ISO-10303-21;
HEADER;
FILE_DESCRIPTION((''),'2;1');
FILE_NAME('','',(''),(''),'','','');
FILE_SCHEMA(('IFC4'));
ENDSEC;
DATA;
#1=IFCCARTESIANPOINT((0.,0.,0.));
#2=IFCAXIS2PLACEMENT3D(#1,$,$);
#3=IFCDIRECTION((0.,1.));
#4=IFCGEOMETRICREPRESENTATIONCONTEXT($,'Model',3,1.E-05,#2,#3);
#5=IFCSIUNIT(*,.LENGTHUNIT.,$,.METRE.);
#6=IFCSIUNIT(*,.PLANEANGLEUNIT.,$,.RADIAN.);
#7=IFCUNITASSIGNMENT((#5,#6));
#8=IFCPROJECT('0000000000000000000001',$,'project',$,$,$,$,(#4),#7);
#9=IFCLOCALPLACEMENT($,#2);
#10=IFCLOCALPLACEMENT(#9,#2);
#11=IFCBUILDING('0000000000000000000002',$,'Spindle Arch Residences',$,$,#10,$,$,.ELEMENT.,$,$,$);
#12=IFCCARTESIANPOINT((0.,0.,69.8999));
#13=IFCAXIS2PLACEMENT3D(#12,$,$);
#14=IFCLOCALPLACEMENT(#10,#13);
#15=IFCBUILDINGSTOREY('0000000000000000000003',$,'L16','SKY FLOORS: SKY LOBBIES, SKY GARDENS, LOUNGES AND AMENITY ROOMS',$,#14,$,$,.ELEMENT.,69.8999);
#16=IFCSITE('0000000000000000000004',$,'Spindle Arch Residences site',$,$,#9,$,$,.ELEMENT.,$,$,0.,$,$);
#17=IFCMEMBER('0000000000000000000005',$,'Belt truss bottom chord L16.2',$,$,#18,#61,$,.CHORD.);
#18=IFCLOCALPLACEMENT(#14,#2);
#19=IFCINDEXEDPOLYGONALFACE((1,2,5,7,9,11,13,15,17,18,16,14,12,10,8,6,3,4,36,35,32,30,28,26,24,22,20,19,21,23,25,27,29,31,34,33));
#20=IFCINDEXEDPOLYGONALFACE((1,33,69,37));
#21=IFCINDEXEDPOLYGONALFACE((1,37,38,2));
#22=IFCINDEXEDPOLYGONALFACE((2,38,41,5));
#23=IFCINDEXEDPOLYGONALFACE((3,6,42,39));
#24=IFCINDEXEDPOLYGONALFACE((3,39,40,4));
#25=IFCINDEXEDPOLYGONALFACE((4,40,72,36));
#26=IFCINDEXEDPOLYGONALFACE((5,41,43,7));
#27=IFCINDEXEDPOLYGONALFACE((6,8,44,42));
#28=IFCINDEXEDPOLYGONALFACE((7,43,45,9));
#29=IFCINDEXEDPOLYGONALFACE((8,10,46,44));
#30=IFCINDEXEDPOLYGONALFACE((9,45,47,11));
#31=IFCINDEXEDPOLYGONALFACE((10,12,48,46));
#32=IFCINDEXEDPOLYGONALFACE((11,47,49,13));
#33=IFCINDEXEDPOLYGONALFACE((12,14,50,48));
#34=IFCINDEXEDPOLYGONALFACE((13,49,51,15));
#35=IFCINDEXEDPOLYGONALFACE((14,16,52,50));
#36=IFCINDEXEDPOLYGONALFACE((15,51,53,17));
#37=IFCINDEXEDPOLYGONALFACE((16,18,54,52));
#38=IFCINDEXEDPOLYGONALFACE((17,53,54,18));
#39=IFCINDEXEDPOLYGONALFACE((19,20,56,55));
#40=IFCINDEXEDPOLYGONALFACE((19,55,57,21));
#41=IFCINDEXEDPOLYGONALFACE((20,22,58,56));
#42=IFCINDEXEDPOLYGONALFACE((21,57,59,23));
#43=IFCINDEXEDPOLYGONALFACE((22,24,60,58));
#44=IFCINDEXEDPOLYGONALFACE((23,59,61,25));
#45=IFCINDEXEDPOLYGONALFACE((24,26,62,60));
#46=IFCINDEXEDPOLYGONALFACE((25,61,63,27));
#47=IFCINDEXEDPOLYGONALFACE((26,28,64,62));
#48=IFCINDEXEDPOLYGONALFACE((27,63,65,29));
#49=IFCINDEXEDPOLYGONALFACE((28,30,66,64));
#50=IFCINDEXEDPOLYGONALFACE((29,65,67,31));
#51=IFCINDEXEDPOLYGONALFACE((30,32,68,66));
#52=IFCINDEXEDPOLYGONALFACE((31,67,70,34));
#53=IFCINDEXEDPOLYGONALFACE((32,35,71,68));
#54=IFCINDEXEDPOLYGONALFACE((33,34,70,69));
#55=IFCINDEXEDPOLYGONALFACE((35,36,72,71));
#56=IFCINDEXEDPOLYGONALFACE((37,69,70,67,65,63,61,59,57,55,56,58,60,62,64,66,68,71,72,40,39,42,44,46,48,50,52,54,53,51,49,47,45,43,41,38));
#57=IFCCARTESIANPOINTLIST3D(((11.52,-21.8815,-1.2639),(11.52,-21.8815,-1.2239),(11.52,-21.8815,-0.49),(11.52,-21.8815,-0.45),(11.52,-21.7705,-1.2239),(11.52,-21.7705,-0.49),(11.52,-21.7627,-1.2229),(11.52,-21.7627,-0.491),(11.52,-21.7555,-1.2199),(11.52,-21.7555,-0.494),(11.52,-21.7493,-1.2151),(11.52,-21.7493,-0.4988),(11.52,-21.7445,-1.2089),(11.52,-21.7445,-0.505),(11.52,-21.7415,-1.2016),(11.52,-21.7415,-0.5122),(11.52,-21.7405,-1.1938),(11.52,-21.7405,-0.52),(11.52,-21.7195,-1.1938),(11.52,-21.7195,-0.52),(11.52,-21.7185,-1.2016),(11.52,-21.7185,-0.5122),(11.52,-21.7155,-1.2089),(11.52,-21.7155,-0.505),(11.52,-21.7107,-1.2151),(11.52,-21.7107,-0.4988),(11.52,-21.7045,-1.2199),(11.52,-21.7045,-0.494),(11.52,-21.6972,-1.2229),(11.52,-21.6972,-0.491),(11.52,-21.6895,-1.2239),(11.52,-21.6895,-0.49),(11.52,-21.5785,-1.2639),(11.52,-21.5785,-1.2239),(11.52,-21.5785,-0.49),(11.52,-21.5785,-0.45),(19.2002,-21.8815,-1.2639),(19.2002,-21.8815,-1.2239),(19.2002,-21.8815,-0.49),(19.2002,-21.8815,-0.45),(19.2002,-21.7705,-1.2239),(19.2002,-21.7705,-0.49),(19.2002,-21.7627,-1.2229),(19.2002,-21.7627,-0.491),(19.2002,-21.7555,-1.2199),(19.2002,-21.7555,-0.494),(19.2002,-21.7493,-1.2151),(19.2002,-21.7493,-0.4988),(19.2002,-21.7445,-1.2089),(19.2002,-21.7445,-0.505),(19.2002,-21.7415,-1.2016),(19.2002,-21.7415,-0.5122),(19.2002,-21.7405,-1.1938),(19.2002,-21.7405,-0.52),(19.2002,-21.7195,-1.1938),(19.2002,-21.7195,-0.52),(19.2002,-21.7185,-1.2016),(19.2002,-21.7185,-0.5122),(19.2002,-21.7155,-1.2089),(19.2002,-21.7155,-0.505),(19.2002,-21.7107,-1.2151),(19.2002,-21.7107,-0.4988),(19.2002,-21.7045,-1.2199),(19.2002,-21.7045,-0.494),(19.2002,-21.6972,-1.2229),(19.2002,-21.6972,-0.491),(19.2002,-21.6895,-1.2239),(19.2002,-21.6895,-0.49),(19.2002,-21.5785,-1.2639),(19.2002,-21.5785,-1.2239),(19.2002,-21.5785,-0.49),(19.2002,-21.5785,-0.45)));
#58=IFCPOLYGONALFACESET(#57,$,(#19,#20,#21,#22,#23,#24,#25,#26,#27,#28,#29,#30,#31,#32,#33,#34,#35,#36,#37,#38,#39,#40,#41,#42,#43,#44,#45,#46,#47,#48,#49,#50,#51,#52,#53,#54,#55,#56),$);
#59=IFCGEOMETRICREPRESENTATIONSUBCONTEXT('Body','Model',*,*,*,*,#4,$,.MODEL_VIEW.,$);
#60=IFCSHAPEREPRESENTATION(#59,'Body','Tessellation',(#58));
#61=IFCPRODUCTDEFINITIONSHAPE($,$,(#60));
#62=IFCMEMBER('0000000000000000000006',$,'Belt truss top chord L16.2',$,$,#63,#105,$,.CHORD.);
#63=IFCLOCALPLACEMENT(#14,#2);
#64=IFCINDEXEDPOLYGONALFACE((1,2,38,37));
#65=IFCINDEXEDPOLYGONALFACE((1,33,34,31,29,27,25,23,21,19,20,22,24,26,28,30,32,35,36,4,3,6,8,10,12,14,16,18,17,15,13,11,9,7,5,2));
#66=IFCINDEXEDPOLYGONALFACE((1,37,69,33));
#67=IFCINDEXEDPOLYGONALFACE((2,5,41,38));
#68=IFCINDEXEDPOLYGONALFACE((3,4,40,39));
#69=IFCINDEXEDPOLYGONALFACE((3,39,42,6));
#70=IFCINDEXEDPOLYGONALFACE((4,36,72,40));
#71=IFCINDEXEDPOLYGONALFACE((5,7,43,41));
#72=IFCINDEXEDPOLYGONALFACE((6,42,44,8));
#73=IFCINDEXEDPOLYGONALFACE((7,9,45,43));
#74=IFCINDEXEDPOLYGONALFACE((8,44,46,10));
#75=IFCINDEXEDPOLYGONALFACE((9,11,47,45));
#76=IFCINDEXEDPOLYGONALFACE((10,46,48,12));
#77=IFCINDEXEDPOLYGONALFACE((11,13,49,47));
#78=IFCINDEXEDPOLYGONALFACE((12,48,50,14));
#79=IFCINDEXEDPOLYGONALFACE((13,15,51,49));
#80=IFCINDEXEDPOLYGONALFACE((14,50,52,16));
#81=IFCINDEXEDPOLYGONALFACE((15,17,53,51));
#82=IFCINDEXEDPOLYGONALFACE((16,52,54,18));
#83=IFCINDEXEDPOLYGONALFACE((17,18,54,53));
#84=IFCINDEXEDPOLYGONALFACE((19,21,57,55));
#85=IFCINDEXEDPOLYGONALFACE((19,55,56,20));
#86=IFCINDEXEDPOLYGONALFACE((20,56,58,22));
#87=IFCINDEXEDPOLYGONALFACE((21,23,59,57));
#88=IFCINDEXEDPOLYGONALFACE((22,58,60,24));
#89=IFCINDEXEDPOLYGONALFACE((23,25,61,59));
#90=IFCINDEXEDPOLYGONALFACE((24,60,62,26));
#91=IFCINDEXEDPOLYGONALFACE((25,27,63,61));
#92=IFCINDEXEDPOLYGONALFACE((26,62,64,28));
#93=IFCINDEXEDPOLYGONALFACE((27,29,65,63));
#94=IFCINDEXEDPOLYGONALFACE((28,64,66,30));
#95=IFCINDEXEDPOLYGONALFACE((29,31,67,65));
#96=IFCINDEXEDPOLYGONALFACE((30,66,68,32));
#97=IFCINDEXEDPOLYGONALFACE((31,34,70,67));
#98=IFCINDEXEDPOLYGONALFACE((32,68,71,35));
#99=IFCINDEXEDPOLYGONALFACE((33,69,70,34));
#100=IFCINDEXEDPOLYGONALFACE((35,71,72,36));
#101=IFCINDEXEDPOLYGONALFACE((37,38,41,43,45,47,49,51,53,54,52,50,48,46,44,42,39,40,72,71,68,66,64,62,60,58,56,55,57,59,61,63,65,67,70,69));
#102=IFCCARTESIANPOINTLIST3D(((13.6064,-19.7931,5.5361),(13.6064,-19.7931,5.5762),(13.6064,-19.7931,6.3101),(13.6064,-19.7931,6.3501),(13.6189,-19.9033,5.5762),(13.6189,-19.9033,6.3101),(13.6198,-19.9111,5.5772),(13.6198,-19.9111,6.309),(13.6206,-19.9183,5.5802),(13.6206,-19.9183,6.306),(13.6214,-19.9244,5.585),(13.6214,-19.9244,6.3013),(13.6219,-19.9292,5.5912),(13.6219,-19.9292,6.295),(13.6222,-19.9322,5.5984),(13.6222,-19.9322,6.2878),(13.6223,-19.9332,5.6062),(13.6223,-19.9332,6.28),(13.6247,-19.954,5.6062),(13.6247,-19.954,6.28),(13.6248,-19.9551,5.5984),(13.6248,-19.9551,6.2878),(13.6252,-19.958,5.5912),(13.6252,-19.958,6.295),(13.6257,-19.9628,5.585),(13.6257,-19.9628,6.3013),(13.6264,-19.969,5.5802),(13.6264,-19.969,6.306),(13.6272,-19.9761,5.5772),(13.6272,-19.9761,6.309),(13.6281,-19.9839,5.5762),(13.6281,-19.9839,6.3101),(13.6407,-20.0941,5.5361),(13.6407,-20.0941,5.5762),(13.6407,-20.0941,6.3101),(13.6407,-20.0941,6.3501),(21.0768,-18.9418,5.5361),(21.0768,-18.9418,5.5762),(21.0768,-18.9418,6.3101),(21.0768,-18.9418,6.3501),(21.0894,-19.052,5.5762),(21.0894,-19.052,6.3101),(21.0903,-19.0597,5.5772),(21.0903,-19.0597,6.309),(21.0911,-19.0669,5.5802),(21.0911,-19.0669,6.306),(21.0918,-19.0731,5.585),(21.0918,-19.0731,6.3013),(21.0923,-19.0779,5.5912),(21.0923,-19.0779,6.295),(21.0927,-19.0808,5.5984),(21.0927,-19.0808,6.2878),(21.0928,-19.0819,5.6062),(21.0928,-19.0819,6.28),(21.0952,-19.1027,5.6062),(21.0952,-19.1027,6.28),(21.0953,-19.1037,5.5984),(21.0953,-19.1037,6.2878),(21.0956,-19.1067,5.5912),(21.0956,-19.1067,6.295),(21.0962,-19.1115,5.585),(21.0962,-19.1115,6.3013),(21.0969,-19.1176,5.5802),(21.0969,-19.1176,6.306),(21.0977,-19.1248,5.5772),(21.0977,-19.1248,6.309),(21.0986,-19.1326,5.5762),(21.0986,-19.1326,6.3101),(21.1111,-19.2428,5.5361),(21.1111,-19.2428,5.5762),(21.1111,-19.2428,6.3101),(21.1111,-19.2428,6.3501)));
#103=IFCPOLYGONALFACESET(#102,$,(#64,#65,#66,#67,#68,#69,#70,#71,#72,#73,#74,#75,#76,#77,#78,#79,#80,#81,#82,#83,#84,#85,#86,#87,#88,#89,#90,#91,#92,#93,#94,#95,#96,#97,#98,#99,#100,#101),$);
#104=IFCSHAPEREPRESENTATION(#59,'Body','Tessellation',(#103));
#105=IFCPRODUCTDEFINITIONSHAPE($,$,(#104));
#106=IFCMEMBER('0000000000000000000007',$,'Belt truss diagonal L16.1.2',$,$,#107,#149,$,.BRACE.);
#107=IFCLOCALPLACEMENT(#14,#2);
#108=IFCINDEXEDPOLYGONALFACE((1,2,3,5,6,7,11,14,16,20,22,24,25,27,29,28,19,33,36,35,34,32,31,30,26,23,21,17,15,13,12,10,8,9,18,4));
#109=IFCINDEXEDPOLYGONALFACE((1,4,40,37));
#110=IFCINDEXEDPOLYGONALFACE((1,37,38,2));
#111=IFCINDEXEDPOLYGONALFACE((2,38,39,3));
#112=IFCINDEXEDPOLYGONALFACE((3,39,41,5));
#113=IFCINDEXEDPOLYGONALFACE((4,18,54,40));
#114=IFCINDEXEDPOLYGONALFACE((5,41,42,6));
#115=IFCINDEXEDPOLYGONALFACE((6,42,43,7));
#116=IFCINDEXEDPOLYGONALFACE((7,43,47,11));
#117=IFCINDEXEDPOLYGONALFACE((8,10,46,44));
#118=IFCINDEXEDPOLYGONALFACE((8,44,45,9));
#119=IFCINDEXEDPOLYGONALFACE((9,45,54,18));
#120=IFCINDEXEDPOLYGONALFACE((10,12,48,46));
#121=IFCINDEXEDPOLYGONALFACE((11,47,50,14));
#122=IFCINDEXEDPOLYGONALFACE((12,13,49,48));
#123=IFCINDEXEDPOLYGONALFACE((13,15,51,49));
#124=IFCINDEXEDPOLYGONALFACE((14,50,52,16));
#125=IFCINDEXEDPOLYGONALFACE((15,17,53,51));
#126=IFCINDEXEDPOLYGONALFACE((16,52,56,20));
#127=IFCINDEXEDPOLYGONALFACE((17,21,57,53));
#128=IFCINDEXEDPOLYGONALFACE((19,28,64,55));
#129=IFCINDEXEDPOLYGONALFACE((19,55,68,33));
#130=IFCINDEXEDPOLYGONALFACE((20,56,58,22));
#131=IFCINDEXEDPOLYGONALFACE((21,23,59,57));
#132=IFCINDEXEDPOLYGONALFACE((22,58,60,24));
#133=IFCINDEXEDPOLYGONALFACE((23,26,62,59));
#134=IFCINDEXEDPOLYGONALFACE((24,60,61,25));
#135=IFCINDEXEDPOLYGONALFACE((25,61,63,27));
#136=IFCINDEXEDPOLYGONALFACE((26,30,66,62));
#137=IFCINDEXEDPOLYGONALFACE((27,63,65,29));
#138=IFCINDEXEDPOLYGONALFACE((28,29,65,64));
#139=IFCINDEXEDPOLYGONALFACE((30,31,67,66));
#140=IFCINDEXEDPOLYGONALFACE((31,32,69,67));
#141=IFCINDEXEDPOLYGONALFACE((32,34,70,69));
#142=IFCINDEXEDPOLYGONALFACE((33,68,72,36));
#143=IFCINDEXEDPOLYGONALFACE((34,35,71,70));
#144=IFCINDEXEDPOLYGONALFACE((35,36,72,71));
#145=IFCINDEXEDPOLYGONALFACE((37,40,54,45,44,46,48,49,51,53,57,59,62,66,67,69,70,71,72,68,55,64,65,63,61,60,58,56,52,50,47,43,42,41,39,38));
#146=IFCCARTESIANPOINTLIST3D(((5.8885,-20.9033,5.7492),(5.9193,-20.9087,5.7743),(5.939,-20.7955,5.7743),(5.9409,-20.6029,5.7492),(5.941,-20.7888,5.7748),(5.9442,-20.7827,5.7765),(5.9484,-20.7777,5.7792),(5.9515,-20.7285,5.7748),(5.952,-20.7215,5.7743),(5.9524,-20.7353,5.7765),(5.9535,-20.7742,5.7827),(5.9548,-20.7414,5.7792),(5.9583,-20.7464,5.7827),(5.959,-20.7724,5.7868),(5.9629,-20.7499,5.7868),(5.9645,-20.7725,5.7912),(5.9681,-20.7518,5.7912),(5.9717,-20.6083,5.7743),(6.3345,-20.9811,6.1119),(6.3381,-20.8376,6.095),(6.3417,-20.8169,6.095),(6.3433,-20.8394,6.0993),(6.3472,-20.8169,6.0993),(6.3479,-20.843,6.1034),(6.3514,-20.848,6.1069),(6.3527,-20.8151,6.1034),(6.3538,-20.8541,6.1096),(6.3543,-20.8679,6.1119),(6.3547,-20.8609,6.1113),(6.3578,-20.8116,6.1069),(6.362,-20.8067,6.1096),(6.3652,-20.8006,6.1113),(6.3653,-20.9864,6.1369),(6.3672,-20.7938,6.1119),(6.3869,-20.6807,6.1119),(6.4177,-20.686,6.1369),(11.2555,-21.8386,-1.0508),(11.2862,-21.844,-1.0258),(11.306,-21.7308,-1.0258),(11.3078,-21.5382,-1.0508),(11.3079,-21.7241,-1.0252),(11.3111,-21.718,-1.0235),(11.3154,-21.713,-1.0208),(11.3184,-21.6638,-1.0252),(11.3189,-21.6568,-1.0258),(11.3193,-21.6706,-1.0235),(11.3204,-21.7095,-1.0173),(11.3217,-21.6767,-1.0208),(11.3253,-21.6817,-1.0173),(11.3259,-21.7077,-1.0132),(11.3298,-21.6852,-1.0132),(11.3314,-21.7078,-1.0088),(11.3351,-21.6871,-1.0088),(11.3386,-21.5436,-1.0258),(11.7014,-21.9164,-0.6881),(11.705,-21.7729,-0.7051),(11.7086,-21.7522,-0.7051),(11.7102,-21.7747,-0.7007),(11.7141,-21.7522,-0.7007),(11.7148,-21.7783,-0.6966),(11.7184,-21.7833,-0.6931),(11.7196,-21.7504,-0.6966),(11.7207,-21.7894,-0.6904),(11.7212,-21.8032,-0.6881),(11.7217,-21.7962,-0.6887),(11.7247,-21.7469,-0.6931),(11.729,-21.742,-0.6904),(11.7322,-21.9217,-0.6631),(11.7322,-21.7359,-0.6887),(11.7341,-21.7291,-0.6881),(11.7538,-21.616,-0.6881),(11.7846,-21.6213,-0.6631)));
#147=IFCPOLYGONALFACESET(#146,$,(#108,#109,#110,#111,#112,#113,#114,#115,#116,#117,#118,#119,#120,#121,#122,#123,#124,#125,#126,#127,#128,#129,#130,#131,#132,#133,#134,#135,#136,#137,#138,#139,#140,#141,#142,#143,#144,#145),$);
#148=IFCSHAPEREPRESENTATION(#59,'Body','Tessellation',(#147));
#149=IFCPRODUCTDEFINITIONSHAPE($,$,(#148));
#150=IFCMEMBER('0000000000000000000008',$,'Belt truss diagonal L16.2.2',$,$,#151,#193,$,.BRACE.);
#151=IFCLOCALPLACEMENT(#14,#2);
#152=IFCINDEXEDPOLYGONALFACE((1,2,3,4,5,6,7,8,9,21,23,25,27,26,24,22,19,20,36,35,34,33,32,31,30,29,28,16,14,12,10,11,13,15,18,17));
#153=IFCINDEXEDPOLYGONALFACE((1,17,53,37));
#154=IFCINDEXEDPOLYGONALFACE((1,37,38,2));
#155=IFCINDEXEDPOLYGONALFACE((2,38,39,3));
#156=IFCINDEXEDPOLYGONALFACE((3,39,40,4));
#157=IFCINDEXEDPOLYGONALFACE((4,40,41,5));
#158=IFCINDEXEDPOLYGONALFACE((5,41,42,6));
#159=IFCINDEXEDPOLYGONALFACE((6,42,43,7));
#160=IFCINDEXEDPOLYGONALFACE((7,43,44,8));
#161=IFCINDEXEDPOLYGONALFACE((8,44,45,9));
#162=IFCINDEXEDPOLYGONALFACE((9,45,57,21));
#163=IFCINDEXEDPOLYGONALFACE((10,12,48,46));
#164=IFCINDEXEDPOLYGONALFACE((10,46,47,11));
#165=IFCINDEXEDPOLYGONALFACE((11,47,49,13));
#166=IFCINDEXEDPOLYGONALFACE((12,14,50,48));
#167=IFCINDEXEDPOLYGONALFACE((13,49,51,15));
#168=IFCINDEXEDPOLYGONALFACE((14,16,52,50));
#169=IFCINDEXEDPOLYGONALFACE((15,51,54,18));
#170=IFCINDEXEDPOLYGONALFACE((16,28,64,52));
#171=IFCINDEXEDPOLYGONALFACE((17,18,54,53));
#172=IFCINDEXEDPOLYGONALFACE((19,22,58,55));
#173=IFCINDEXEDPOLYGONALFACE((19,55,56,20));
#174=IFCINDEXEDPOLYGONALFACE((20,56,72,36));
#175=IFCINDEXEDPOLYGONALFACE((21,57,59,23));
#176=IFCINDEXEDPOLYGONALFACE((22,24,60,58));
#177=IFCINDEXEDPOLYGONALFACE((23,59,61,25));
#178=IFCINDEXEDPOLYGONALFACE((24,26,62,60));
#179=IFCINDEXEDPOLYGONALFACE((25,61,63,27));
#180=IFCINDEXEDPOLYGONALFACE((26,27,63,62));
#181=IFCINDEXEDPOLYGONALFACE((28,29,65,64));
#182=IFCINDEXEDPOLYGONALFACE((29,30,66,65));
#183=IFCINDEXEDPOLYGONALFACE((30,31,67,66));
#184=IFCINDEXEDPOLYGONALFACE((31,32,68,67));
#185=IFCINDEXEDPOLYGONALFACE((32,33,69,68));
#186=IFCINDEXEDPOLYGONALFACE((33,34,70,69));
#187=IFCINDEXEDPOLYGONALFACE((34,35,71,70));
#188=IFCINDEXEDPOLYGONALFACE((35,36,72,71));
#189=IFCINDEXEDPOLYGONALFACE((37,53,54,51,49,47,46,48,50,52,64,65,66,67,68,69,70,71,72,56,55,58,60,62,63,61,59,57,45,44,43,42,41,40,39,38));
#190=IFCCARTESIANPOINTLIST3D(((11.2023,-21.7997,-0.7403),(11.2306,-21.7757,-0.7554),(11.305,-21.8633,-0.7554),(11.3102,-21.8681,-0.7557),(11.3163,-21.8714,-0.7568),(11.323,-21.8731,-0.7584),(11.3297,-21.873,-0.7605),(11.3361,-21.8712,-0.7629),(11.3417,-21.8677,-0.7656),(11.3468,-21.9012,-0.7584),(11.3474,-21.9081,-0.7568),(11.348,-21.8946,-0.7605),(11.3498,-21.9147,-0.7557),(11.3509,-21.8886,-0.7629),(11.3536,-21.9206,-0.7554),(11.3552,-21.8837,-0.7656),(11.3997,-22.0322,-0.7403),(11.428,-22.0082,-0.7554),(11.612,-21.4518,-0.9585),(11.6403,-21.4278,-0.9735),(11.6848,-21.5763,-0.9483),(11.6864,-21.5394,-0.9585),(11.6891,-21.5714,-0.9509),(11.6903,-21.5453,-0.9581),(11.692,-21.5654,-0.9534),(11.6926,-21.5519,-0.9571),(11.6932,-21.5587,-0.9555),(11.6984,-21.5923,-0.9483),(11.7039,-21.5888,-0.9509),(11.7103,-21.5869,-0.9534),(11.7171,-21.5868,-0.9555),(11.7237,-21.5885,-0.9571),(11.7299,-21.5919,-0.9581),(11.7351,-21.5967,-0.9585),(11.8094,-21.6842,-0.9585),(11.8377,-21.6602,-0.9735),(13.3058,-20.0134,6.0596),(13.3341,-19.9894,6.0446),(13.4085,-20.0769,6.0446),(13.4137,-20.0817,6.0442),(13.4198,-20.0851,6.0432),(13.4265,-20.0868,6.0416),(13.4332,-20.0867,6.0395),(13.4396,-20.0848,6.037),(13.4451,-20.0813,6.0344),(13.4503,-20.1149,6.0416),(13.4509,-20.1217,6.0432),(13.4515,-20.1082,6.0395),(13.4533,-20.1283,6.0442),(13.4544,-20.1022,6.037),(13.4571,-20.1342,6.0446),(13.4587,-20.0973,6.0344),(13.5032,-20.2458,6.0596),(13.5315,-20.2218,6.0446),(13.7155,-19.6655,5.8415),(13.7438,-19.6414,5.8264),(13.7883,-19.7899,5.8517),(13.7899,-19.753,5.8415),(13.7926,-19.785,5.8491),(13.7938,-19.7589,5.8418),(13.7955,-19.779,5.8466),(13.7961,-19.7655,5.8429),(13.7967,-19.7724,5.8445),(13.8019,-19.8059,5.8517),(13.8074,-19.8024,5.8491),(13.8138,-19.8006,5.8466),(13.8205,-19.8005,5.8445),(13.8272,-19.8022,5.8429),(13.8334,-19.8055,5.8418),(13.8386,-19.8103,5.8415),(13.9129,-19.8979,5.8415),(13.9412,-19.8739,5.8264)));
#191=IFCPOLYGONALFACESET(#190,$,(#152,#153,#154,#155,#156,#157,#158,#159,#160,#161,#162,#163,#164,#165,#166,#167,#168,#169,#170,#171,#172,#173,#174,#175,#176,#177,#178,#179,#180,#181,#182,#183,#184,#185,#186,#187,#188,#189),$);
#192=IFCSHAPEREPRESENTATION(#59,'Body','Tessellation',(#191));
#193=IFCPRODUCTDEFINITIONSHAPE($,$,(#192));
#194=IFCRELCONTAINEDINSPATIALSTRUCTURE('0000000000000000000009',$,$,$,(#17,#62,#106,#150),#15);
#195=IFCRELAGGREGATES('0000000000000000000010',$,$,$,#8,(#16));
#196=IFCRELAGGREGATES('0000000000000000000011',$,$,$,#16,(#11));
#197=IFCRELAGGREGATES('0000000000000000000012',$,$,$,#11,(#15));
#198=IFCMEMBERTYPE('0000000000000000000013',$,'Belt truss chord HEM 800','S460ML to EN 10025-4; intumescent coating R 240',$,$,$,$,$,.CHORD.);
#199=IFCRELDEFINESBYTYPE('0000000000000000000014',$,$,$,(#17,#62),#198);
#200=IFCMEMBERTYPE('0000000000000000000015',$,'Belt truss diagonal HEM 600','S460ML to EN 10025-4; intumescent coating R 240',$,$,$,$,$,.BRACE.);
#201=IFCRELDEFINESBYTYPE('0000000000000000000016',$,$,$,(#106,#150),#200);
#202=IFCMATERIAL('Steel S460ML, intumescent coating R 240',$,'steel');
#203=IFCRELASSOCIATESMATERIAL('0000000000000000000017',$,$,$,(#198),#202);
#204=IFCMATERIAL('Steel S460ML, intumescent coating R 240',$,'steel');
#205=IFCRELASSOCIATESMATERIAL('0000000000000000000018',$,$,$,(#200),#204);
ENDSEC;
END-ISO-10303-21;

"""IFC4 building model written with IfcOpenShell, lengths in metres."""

from ifc_helpers import new_model, si_unit, direction, frame, origin, origin_2d, place, context, subcontext, project, spatial, i_section, extrude, material, material_profile, profile_set, type_object, element, save


model = new_model("IFC4")

# Units and contexts
model_context = context("Model", 3, precision=1e-05, world=origin(), true_north=direction((0.0, 1.0)))
body_context = subcontext(model_context, "Body", "Model", "MODEL_VIEW")
ifc_project = project(units=[si_unit("LENGTHUNIT", "METRE"), si_unit("PLANEANGLEUNIT", "RADIAN")], contexts=[model_context])

# Site, building, storey
site_placement = place(None, origin())
site = spatial("IfcSite", under=ifc_project, at=site_placement, Name="Spindle Arch Residences site", CompositionType="ELEMENT", RefElevation=0.0)
building_placement = place(site_placement, origin())
building = spatial("IfcBuilding", under=site, at=building_placement, Name="Spindle Arch Residences", CompositionType="ELEMENT")
storey_placement = place(building_placement, frame((0.0, 0.0, 69.8999)))
storey = spatial("IfcBuildingStorey", under=building, at=storey_placement, Name="L16", Description="SKY FLOORS: SKY LOBBIES, SKY GARDENS, LOUNGES AND AMENITY ROOMS", CompositionType="ELEMENT", Elevation=69.8999)

# Members
ifc_material_1 = material(Name="Steel S460ML, intumescent coating R 240", Category="steel")
ifc_material_profile_1 = material_profile(ifc_material_1, i_section(OverallWidth=0.303, OverallDepth=0.814, WebThickness=0.021, FlangeThickness=0.04, FilletRadius=0.03, at=origin_2d()), Name="HEM 800")
ifc_profile_set_1 = profile_set([ifc_material_profile_1], Name="Steel S460ML, intumescent coating R 240")
member_type_1 = type_object("IfcMemberType", Name="Belt truss chord HEM 800", Description="S460ML to EN 10025-4; intumescent coating R 240", PredefinedType="CHORD", material=ifc_profile_set_1)
member_1_placement = place(storey_placement, frame((11.52, -21.73, -0.8569), z_axis=(1.0, 0.0, 0.0), x_axis=(0.0, 1.0, 0.0)))
element("IfcMember", 1, at=member_1_placement, inside=storey, type_object=member_type_1, Name="Belt truss bottom chord L16.2", PredefinedType="CHORD", context=body_context, shape_type="SweptSolid", body=[
    extrude(i_section(OverallWidth=0.303, OverallDepth=0.814, WebThickness=0.021, FlangeThickness=0.04, FilletRadius=0.03, at=origin_2d()), origin(), (0.0, 0.0, 1.0), 7.6802),
])
member_2_placement = place(storey_placement, frame((13.6235, -19.9436, 5.9431), z_axis=(0.993569, 0.113225, 0.0), x_axis=(-0.113225, 0.993569, 0.0)))
element("IfcMember", 2, at=member_2_placement, inside=storey, type_object=member_type_1, Name="Belt truss top chord L16.2", PredefinedType="CHORD", context=body_context, shape_type="SweptSolid", body=[
    extrude(i_section(OverallWidth=0.303, OverallDepth=0.814, WebThickness=0.021, FlangeThickness=0.04, FilletRadius=0.03, at=origin_2d()), origin(), (0.0, 0.0, 1.0), 7.5188),
])
ifc_material_2 = material(Name="Steel S460ML, intumescent coating R 240", Category="steel")
ifc_material_profile_2 = material_profile(ifc_material_2, i_section(OverallWidth=0.3049, OverallDepth=0.6201, WebThickness=0.021, FlangeThickness=0.04, FilletRadius=0.0271, at=origin_2d()), Name="HEM 600")
ifc_profile_set_2 = profile_set([ifc_material_profile_2], Name="Steel S460ML, intumescent coating R 240")
member_type_2 = type_object("IfcMemberType", Name="Belt truss diagonal HEM 600", Description="S460ML to EN 10025-4; intumescent coating R 240", PredefinedType="BRACE", material=ifc_profile_set_2)
member_3_placement = place(storey_placement, frame((11.52, -21.73, -0.8569), z_axis=(-0.615957, 0.107343, 0.780432), x_axis=(-0.171683, -0.985152, 0.0)))
element("IfcMember", 3, at=member_3_placement, inside=storey, type_object=member_type_2, Name="Belt truss diagonal L16.1.2", PredefinedType="BRACE", context=body_context, shape_type="SweptSolid", body=[
    extrude(i_section(OverallWidth=0.3049, OverallDepth=0.6201, WebThickness=0.021, FlangeThickness=0.04, FilletRadius=0.0271, at=origin_2d()), origin(), (0.0, 0.0, 1.0), 8.7131),
])
member_4_placement = place(storey_placement, frame((11.52, -21.73, -0.8569), z_axis=(0.286633, 0.243419, 0.926601), x_axis=(-0.647309, 0.762227, 0.0)))
element("IfcMember", 4, at=member_4_placement, inside=storey, type_object=member_type_2, Name="Belt truss diagonal L16.2.2", PredefinedType="BRACE", context=body_context, shape_type="SweptSolid", body=[
    extrude(i_section(OverallWidth=0.3049, OverallDepth=0.6201, WebThickness=0.021, FlangeThickness=0.04, FilletRadius=0.0271, at=origin_2d()), origin(), (0.0, 0.0, 1.0), 7.3386),
])

save(model, "model.ifc")
